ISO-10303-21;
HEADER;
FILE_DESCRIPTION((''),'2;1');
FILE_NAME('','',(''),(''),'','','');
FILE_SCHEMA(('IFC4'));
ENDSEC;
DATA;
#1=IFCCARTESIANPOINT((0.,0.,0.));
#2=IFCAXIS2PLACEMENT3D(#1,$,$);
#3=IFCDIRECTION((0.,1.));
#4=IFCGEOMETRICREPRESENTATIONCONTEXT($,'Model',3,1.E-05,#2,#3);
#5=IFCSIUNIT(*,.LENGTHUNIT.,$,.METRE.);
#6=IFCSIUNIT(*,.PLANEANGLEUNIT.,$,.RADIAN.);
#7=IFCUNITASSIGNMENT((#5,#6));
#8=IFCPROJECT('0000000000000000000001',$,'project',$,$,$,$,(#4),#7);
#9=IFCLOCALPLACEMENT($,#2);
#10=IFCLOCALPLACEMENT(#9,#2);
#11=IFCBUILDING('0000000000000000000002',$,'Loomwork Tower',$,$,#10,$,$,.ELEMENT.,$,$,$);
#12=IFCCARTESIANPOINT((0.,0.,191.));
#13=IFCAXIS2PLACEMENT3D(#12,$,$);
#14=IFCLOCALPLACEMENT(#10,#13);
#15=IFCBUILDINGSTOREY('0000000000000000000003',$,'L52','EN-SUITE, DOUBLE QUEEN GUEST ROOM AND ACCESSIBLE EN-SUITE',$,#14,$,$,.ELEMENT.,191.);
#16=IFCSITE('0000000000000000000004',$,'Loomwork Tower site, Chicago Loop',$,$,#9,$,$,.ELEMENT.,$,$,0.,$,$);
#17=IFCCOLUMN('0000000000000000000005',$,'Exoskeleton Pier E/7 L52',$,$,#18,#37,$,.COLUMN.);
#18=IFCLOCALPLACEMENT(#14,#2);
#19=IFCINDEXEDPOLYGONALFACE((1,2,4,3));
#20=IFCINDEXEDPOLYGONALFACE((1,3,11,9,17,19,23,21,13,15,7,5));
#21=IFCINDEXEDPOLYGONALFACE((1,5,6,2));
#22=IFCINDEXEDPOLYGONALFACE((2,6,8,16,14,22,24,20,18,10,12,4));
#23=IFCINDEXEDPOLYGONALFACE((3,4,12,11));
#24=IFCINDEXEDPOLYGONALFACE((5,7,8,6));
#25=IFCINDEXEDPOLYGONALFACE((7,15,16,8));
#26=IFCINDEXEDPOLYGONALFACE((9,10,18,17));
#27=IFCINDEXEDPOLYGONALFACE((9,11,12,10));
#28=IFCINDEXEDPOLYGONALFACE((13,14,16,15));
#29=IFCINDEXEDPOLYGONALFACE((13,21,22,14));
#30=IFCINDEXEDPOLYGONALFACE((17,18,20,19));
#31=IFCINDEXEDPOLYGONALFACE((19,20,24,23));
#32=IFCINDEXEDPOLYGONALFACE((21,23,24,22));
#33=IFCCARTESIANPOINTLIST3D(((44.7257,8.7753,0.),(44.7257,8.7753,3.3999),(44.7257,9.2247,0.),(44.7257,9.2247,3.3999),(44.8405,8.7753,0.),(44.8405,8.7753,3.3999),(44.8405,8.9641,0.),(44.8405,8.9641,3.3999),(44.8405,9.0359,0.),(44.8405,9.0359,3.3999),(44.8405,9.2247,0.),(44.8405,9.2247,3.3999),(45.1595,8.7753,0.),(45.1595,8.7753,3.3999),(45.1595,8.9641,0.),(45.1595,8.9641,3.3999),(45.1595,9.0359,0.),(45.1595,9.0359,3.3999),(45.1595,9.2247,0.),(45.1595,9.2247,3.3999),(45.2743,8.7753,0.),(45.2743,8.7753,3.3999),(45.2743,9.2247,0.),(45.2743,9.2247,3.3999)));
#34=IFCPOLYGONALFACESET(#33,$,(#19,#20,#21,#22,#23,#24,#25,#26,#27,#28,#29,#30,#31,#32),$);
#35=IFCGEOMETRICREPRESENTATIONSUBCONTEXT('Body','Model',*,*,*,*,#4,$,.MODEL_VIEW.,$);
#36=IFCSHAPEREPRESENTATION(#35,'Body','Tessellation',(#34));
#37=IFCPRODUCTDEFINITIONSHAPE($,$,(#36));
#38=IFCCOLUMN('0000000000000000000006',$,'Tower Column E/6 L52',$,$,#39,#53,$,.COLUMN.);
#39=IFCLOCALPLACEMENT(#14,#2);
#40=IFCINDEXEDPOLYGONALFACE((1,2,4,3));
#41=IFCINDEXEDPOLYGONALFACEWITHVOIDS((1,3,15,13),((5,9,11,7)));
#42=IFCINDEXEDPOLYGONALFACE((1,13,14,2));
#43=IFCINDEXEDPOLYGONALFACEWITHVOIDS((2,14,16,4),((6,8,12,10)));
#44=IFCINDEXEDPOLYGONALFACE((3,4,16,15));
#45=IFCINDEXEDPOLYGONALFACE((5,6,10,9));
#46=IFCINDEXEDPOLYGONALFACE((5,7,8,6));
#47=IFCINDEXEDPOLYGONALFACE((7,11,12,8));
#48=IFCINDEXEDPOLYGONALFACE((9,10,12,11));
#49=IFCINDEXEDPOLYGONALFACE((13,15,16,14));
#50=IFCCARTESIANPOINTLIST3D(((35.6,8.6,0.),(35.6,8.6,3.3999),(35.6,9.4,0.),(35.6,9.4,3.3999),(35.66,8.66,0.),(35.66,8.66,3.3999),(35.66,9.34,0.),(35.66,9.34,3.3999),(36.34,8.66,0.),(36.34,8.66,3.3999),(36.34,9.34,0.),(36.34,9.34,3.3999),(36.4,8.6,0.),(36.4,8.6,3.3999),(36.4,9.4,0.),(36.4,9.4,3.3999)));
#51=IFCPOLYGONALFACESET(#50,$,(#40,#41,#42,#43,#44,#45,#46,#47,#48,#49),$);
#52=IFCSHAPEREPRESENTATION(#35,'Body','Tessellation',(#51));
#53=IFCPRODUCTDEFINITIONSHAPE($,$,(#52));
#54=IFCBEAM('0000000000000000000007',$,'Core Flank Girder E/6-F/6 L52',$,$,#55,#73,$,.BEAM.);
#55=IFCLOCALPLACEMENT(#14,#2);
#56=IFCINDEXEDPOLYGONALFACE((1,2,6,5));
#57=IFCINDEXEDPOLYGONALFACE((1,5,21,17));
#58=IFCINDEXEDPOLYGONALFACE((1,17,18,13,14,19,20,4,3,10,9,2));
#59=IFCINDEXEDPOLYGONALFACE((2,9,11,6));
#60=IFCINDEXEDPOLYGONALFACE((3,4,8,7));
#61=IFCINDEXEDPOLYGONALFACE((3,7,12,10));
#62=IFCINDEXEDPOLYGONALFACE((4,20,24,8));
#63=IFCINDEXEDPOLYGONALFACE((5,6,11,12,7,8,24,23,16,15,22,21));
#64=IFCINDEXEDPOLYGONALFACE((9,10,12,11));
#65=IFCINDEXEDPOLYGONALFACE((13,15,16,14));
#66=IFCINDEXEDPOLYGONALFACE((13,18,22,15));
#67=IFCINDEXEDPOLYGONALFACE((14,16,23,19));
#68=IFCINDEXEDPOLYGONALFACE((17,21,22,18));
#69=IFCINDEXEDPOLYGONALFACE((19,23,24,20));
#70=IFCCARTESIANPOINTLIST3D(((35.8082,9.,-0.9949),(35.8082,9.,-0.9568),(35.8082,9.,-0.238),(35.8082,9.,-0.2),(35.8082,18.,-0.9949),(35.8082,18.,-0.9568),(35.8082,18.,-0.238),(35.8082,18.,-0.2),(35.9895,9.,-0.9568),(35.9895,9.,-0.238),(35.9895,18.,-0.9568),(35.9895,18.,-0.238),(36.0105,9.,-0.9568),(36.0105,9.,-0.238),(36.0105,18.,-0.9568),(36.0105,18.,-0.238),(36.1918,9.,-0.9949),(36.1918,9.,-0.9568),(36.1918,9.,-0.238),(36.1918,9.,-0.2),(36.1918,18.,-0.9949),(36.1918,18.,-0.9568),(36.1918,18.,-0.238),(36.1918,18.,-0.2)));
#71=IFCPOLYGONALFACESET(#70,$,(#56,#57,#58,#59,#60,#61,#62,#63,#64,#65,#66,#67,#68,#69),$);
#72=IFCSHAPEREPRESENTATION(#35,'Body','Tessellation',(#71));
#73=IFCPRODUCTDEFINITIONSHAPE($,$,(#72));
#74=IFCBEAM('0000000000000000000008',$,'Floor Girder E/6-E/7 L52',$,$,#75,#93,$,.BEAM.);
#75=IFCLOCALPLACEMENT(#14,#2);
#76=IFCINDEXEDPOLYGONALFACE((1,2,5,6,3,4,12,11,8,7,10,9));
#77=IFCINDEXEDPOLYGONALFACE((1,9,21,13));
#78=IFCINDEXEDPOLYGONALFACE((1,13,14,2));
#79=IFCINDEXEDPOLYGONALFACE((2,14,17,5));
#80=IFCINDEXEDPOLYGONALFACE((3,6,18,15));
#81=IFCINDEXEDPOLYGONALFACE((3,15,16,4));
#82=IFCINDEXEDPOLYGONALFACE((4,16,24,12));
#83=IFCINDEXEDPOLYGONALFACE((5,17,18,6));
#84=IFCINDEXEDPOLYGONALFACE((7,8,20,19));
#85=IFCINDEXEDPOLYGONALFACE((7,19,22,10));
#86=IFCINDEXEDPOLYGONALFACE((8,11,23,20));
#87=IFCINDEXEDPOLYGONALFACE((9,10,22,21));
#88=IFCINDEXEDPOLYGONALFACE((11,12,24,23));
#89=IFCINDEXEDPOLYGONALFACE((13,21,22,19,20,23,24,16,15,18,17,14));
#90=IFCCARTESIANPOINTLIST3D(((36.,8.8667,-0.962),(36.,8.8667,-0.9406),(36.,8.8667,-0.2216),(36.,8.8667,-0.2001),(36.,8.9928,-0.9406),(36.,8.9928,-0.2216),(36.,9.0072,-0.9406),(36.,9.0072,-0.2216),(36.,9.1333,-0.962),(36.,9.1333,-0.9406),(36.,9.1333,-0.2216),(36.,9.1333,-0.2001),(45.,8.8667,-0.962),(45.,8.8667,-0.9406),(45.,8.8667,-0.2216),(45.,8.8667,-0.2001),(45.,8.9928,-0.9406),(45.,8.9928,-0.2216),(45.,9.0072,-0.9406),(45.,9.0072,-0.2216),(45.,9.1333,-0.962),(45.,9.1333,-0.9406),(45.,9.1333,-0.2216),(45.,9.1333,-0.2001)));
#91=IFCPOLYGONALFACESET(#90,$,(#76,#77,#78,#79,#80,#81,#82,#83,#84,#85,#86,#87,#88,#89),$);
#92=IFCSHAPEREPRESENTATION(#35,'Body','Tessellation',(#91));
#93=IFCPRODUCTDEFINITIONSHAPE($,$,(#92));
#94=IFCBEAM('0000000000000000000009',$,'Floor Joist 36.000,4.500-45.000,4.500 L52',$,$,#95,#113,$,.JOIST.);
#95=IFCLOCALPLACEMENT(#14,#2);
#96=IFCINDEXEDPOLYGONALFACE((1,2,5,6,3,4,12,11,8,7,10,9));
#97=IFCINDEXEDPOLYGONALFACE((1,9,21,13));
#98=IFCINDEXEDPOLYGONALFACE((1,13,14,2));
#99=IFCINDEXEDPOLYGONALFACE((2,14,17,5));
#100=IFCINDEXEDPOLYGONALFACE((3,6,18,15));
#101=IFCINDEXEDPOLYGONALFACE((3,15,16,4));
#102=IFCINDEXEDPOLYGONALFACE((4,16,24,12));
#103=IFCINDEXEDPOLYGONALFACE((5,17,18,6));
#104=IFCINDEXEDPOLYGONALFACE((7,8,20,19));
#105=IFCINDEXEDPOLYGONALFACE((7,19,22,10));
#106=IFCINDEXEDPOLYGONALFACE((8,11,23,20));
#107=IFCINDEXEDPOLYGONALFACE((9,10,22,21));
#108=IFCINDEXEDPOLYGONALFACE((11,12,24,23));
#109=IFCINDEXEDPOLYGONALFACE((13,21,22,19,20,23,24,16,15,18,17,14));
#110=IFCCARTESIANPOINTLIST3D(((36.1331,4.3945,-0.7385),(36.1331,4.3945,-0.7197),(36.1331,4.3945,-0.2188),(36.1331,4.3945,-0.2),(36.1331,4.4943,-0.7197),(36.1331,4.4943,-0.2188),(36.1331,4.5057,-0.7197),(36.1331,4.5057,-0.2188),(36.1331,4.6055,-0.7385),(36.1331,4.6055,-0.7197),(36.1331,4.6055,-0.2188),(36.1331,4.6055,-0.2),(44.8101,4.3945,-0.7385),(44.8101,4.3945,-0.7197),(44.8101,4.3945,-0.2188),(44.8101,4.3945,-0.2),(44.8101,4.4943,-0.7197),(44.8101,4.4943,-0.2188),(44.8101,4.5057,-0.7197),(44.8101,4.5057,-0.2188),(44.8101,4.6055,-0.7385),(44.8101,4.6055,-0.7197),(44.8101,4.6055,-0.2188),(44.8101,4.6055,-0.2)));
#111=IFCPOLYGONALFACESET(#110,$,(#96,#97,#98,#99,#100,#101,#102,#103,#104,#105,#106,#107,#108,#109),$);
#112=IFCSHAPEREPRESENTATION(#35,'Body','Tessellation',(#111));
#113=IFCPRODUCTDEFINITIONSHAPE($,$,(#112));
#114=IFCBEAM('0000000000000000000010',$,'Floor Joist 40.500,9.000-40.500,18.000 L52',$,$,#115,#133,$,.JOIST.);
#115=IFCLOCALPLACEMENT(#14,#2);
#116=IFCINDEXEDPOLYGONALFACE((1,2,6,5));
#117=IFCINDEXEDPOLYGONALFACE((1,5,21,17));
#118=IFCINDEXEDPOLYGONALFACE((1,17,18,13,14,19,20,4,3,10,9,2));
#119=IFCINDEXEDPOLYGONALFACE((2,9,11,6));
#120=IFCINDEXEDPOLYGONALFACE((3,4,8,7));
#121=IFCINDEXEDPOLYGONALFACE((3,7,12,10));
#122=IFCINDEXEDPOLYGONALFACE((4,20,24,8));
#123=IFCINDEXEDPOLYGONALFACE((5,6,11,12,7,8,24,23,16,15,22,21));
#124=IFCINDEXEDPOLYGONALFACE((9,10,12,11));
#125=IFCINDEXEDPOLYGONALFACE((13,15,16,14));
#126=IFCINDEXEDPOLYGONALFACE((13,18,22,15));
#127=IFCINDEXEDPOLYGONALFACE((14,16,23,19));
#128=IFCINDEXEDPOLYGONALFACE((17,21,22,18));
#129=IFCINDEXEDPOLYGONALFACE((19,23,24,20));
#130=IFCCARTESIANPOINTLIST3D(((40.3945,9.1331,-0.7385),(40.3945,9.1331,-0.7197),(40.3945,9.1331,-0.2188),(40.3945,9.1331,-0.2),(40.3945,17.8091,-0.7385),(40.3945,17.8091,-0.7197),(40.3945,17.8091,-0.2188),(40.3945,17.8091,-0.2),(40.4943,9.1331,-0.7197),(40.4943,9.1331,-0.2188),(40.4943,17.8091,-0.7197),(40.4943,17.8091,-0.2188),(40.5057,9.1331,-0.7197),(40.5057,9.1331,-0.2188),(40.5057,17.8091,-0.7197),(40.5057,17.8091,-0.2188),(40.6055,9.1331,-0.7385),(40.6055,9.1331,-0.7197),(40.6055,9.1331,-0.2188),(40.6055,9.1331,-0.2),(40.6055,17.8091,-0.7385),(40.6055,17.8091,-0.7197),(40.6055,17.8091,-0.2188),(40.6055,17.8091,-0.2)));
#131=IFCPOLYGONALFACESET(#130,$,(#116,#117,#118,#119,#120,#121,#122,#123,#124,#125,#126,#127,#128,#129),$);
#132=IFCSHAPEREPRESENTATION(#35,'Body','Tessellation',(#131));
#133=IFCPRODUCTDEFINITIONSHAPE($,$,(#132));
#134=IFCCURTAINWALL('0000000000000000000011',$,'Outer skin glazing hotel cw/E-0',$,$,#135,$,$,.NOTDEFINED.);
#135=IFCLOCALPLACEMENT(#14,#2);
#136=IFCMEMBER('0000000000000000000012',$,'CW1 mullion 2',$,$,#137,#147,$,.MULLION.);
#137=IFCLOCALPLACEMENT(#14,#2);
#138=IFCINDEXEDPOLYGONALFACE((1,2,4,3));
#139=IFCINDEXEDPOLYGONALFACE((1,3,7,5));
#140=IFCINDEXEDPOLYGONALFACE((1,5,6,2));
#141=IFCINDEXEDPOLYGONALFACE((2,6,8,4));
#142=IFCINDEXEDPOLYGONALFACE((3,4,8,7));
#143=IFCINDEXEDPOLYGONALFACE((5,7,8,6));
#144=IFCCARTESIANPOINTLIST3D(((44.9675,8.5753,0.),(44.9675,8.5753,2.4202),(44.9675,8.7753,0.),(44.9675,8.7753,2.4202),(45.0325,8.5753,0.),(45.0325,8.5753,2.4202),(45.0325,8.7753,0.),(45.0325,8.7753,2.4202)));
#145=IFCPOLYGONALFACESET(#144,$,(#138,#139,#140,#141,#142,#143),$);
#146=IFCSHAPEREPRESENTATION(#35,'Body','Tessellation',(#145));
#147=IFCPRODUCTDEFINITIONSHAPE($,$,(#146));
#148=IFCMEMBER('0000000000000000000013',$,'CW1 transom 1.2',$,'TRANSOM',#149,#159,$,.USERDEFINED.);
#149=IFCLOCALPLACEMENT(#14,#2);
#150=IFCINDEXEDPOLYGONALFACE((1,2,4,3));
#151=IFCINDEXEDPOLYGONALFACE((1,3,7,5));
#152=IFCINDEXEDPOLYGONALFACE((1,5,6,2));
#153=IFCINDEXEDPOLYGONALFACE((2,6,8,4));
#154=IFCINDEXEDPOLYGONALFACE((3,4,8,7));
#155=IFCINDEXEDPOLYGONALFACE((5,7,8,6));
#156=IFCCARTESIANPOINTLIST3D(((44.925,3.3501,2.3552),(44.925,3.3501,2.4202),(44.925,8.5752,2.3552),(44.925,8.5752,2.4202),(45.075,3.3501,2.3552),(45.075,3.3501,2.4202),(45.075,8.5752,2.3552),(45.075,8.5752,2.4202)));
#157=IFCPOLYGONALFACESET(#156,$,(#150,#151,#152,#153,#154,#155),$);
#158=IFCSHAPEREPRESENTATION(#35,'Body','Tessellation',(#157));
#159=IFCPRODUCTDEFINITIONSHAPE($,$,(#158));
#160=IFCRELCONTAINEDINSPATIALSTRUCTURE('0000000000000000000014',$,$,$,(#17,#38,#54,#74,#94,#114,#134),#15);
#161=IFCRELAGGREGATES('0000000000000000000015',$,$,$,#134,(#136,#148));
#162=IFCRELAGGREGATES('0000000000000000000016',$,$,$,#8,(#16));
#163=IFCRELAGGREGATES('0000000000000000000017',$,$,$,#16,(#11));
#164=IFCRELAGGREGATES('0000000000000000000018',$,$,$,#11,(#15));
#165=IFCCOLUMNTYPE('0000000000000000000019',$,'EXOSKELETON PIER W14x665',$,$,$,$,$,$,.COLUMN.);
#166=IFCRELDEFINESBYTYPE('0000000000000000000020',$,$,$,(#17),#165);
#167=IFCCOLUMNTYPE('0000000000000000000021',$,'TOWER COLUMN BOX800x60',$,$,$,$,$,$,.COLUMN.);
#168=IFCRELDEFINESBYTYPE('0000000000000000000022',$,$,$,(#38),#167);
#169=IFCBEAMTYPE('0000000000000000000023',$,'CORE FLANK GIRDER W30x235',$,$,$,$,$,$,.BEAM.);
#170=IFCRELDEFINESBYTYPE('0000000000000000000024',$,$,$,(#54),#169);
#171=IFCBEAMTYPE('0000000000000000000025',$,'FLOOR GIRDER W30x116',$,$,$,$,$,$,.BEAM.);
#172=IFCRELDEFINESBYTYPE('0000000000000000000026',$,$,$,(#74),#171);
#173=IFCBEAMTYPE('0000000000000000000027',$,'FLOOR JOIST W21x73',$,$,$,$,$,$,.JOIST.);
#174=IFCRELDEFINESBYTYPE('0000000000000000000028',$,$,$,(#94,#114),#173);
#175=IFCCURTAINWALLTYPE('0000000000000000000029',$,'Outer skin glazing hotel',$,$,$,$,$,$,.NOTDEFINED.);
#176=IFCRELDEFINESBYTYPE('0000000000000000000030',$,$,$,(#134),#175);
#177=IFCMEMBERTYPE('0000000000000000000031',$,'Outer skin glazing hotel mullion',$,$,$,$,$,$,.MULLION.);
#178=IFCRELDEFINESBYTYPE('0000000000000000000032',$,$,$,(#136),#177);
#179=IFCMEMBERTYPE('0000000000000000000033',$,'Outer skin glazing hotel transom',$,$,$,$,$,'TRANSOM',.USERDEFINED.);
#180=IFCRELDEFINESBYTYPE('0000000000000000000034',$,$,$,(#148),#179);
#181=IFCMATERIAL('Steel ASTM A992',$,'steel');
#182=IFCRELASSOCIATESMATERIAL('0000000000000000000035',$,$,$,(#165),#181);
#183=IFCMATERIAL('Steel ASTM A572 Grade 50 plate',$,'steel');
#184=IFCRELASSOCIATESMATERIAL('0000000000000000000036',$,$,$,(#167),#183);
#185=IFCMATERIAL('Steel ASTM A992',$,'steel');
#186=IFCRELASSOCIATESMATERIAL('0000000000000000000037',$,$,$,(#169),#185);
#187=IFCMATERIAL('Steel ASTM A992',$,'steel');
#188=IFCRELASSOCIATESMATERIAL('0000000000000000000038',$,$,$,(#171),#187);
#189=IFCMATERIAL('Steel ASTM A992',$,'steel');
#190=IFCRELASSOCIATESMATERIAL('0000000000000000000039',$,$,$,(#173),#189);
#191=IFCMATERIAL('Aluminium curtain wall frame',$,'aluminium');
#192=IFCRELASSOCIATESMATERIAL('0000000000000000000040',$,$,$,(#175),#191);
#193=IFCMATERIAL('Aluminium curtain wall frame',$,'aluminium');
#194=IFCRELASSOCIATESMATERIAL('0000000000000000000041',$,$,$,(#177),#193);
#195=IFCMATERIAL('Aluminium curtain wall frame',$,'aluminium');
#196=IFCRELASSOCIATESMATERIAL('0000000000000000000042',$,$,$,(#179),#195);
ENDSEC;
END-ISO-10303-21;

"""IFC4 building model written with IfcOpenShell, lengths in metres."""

from ifc_helpers import new_model, si_unit, direction, frame, origin, origin_2d, place, context, subcontext, project, spatial, rectangle, hollow_rectangle, i_section, extrude, material, material_profile, profile_set, type_object, element, aggregate, save


model = new_model("IFC4")

# Units and contexts
model_context = context("Model", 3, precision=1e-05, world=origin(), true_north=direction((0.0, 1.0)))
body_context = subcontext(model_context, "Body", "Model", "MODEL_VIEW")
ifc_project = project(units=[si_unit("LENGTHUNIT", "METRE"), si_unit("PLANEANGLEUNIT", "RADIAN")], contexts=[model_context])

# Site, building, storey
site_placement = place(None, origin())
site = spatial("IfcSite", under=ifc_project, at=site_placement, Name="Loomwork Tower site, Chicago Loop", CompositionType="ELEMENT", RefElevation=0.0)
building_placement = place(site_placement, origin())
building = spatial("IfcBuilding", under=site, at=building_placement, Name="Loomwork Tower", CompositionType="ELEMENT")
storey_placement = place(building_placement, frame((0.0, 0.0, 191.0)))
storey = spatial("IfcBuildingStorey", under=building, at=storey_placement, Name="L52", Description="EN-SUITE, DOUBLE QUEEN GUEST ROOM AND ACCESSIBLE EN-SUITE", CompositionType="ELEMENT", Elevation=191.0)

# Columns
ifc_material_1 = material(Name="Steel ASTM A992", Category="steel")
ifc_material_profile_1 = material_profile(ifc_material_1, i_section(OverallWidth=0.4495, OverallDepth=0.5486, WebThickness=0.0718, FlangeThickness=0.1147, at=origin_2d()), Name="W14x665")
ifc_profile_set_1 = profile_set([ifc_material_profile_1], Name="Steel ASTM A992")
column_type_1 = type_object("IfcColumnType", Name="EXOSKELETON PIER W14x665", PredefinedType="COLUMN", material=ifc_profile_set_1)
column_1_placement = place(storey_placement, frame((45.0, 9.0, 0.0), z_axis=(0.0, 0.0, 1.0), x_axis=(0.0, 1.0, 0.0)))
element("IfcColumn", 1, at=column_1_placement, inside=storey, type_object=column_type_1, Name="Exoskeleton Pier E/7 L52", PredefinedType="COLUMN", context=body_context, shape_type="SweptSolid", body=[
    extrude(i_section(OverallWidth=0.4495, OverallDepth=0.5486, WebThickness=0.0718, FlangeThickness=0.1147, at=origin_2d()), origin(), (0.0, 0.0, 1.0), 3.3999),
])
ifc_material_2 = material(Name="Steel ASTM A572 Grade 50 plate", Category="steel")
ifc_material_profile_2 = material_profile(ifc_material_2, hollow_rectangle(XDim=0.8, YDim=0.8, WallThickness=0.0601, at=origin_2d()), Name="BOX800x60")
ifc_profile_set_2 = profile_set([ifc_material_profile_2], Name="Steel ASTM A572 Grade 50 plate")
column_type_2 = type_object("IfcColumnType", Name="TOWER COLUMN BOX800x60", PredefinedType="COLUMN", material=ifc_profile_set_2)
column_2_placement = place(storey_placement, frame((36.0, 9.0, 0.0), z_axis=(0.0, 0.0, 1.0), x_axis=(0.0, 1.0, 0.0)))
element("IfcColumn", 2, at=column_2_placement, inside=storey, type_object=column_type_2, Name="Tower Column E/6 L52", PredefinedType="COLUMN", context=body_context, shape_type="SweptSolid", body=[
    extrude(hollow_rectangle(XDim=0.8, YDim=0.8, WallThickness=0.0601, at=origin_2d()), origin(), (0.0, 0.0, 1.0), 3.3999),
])

# Beams
ifc_material_3 = material(Name="Steel ASTM A992", Category="steel")
ifc_material_profile_3 = material_profile(ifc_material_3, i_section(OverallWidth=0.3835, OverallDepth=0.7949, WebThickness=0.021, FlangeThickness=0.0381, at=origin_2d()), Name="W30x235")
ifc_profile_set_3 = profile_set([ifc_material_profile_3], Name="Steel ASTM A992")
beam_type_1 = type_object("IfcBeamType", Name="CORE FLANK GIRDER W30x235", PredefinedType="BEAM", material=ifc_profile_set_3)
beam_1_placement = place(storey_placement, frame((36.0, 9.0, -0.5974), z_axis=(0.0, 1.0, 0.0), x_axis=(-1.0, 0.0, 0.0)))
element("IfcBeam", 3, at=beam_1_placement, inside=storey, type_object=beam_type_1, Name="Core Flank Girder E/6-F/6 L52", PredefinedType="BEAM", context=body_context, shape_type="SweptSolid", body=[
    extrude(i_section(OverallWidth=0.3835, OverallDepth=0.7949, WebThickness=0.021, FlangeThickness=0.0381, at=origin_2d()), origin(), (0.0, 0.0, 1.0), 9.0),
])
ifc_material_4 = material(Name="Steel ASTM A992", Category="steel")
ifc_material_profile_4 = material_profile(ifc_material_4, i_section(OverallWidth=0.2666, OverallDepth=0.762, WebThickness=0.0144, FlangeThickness=0.0215, at=origin_2d()), Name="W30x116")
ifc_profile_set_4 = profile_set([ifc_material_profile_4], Name="Steel ASTM A992")
beam_type_2 = type_object("IfcBeamType", Name="FLOOR GIRDER W30x116", PredefinedType="BEAM", material=ifc_profile_set_4)
beam_2_placement = place(storey_placement, frame((36.0, 9.0, -0.5811), z_axis=(1.0, 0.0, 0.0), x_axis=(0.0, 1.0, 0.0)))
element("IfcBeam", 4, at=beam_2_placement, inside=storey, type_object=beam_type_2, Name="Floor Girder E/6-E/7 L52", PredefinedType="BEAM", context=body_context, shape_type="SweptSolid", body=[
    extrude(i_section(OverallWidth=0.2666, OverallDepth=0.762, WebThickness=0.0144, FlangeThickness=0.0215, at=origin_2d()), origin(), (0.0, 0.0, 1.0), 9.0),
])
ifc_material_5 = material(Name="Steel ASTM A992", Category="steel")
ifc_material_profile_5 = material_profile(ifc_material_5, i_section(OverallWidth=0.2109, OverallDepth=0.5386, WebThickness=0.0115, FlangeThickness=0.0188, at=origin_2d()), Name="W21x73")
ifc_profile_set_5 = profile_set([ifc_material_profile_5], Name="Steel ASTM A992")
beam_type_3 = type_object("IfcBeamType", Name="FLOOR JOIST W21x73", PredefinedType="JOIST", material=ifc_profile_set_5)
beam_3_placement = place(storey_placement, frame((36.1331, 4.5, -0.4692), z_axis=(1.0, 0.0, 0.0), x_axis=(0.0, 1.0, 0.0)))
element("IfcBeam", 5, at=beam_3_placement, inside=storey, type_object=beam_type_3, Name="Floor Joist 36.000,4.500-45.000,4.500 L52", PredefinedType="JOIST", context=body_context, shape_type="SweptSolid", body=[
    extrude(i_section(OverallWidth=0.2109, OverallDepth=0.5386, WebThickness=0.0115, FlangeThickness=0.0188, at=origin_2d()), origin(), (0.0, 0.0, 1.0), 8.677),
])
beam_4_placement = place(storey_placement, frame((40.5, 9.1331, -0.4692), z_axis=(0.0, 1.0, 0.0), x_axis=(-1.0, 0.0, 0.0)))
element("IfcBeam", 6, at=beam_4_placement, inside=storey, type_object=beam_type_3, Name="Floor Joist 40.500,9.000-40.500,18.000 L52", PredefinedType="JOIST", context=body_context, shape_type="SweptSolid", body=[
    extrude(i_section(OverallWidth=0.2109, OverallDepth=0.5386, WebThickness=0.0115, FlangeThickness=0.0188, at=origin_2d()), origin(), (0.0, 0.0, 1.0), 8.676),
])

# Curtain wall, members
ifc_material_6 = material(Name="Aluminium curtain wall frame", Category="aluminium")
curtain_wall_type = type_object("IfcCurtainWallType", Name="Outer skin glazing hotel", PredefinedType="NOTDEFINED", material=ifc_material_6)
curtain_wall_placement = place(storey_placement, origin())
curtain_wall = element("IfcCurtainWall", 7, at=curtain_wall_placement, inside=storey, type_object=curtain_wall_type, Name="Outer skin glazing hotel cw/E-0", PredefinedType="NOTDEFINED")
ifc_material_7 = material(Name="Aluminium curtain wall frame", Category="aluminium")
ifc_material_profile_6 = material_profile(ifc_material_7, rectangle(XDim=0.0649, YDim=0.2, at=origin_2d()), Name="AL 65x200")
ifc_profile_set_6 = profile_set([ifc_material_profile_6], Name="Aluminium curtain wall frame")
member_type_1 = type_object("IfcMemberType", Name="Outer skin glazing hotel mullion", PredefinedType="MULLION", material=ifc_profile_set_6)
member_1_placement = place(storey_placement, frame((45.0, 8.6753, 0.0), z_axis=(0.0, 0.0, 1.0), x_axis=(-1.0, 0.0, 0.0)))
member_1 = element("IfcMember", 8, at=member_1_placement, type_object=member_type_1, Name="CW1 mullion 2", PredefinedType="MULLION", context=body_context, shape_type="SweptSolid", body=[
    extrude(rectangle(XDim=0.0649, YDim=0.2, at=origin_2d()), origin(), (0.0, 0.0, 1.0), 2.4202),
])
ifc_material_8 = material(Name="Aluminium curtain wall frame", Category="aluminium")
ifc_material_profile_7 = material_profile(ifc_material_8, rectangle(XDim=0.1499, YDim=0.0649, at=origin_2d()), Name="AL 65x150")
ifc_profile_set_7 = profile_set([ifc_material_profile_7], Name="Aluminium curtain wall frame")
member_type_2 = type_object("IfcMemberType", Name="Outer skin glazing hotel transom", ElementType="TRANSOM", PredefinedType="USERDEFINED", material=ifc_profile_set_7)
member_2_placement = place(storey_placement, frame((45.0, 3.3501, 2.3877), z_axis=(0.0, 1.0, 0.0), x_axis=(-1.0, 0.0, 0.0)))
member_2 = element("IfcMember", 9, at=member_2_placement, type_object=member_type_2, Name="CW1 transom 1.2", ObjectType="TRANSOM", PredefinedType="USERDEFINED", context=body_context, shape_type="SweptSolid", body=[
    extrude(rectangle(XDim=0.1499, YDim=0.0649, at=origin_2d()), origin(), (0.0, 0.0, 1.0), 5.2251),
])

aggregate(curtain_wall, [member_1, member_2])

save(model, "model.ifc")
